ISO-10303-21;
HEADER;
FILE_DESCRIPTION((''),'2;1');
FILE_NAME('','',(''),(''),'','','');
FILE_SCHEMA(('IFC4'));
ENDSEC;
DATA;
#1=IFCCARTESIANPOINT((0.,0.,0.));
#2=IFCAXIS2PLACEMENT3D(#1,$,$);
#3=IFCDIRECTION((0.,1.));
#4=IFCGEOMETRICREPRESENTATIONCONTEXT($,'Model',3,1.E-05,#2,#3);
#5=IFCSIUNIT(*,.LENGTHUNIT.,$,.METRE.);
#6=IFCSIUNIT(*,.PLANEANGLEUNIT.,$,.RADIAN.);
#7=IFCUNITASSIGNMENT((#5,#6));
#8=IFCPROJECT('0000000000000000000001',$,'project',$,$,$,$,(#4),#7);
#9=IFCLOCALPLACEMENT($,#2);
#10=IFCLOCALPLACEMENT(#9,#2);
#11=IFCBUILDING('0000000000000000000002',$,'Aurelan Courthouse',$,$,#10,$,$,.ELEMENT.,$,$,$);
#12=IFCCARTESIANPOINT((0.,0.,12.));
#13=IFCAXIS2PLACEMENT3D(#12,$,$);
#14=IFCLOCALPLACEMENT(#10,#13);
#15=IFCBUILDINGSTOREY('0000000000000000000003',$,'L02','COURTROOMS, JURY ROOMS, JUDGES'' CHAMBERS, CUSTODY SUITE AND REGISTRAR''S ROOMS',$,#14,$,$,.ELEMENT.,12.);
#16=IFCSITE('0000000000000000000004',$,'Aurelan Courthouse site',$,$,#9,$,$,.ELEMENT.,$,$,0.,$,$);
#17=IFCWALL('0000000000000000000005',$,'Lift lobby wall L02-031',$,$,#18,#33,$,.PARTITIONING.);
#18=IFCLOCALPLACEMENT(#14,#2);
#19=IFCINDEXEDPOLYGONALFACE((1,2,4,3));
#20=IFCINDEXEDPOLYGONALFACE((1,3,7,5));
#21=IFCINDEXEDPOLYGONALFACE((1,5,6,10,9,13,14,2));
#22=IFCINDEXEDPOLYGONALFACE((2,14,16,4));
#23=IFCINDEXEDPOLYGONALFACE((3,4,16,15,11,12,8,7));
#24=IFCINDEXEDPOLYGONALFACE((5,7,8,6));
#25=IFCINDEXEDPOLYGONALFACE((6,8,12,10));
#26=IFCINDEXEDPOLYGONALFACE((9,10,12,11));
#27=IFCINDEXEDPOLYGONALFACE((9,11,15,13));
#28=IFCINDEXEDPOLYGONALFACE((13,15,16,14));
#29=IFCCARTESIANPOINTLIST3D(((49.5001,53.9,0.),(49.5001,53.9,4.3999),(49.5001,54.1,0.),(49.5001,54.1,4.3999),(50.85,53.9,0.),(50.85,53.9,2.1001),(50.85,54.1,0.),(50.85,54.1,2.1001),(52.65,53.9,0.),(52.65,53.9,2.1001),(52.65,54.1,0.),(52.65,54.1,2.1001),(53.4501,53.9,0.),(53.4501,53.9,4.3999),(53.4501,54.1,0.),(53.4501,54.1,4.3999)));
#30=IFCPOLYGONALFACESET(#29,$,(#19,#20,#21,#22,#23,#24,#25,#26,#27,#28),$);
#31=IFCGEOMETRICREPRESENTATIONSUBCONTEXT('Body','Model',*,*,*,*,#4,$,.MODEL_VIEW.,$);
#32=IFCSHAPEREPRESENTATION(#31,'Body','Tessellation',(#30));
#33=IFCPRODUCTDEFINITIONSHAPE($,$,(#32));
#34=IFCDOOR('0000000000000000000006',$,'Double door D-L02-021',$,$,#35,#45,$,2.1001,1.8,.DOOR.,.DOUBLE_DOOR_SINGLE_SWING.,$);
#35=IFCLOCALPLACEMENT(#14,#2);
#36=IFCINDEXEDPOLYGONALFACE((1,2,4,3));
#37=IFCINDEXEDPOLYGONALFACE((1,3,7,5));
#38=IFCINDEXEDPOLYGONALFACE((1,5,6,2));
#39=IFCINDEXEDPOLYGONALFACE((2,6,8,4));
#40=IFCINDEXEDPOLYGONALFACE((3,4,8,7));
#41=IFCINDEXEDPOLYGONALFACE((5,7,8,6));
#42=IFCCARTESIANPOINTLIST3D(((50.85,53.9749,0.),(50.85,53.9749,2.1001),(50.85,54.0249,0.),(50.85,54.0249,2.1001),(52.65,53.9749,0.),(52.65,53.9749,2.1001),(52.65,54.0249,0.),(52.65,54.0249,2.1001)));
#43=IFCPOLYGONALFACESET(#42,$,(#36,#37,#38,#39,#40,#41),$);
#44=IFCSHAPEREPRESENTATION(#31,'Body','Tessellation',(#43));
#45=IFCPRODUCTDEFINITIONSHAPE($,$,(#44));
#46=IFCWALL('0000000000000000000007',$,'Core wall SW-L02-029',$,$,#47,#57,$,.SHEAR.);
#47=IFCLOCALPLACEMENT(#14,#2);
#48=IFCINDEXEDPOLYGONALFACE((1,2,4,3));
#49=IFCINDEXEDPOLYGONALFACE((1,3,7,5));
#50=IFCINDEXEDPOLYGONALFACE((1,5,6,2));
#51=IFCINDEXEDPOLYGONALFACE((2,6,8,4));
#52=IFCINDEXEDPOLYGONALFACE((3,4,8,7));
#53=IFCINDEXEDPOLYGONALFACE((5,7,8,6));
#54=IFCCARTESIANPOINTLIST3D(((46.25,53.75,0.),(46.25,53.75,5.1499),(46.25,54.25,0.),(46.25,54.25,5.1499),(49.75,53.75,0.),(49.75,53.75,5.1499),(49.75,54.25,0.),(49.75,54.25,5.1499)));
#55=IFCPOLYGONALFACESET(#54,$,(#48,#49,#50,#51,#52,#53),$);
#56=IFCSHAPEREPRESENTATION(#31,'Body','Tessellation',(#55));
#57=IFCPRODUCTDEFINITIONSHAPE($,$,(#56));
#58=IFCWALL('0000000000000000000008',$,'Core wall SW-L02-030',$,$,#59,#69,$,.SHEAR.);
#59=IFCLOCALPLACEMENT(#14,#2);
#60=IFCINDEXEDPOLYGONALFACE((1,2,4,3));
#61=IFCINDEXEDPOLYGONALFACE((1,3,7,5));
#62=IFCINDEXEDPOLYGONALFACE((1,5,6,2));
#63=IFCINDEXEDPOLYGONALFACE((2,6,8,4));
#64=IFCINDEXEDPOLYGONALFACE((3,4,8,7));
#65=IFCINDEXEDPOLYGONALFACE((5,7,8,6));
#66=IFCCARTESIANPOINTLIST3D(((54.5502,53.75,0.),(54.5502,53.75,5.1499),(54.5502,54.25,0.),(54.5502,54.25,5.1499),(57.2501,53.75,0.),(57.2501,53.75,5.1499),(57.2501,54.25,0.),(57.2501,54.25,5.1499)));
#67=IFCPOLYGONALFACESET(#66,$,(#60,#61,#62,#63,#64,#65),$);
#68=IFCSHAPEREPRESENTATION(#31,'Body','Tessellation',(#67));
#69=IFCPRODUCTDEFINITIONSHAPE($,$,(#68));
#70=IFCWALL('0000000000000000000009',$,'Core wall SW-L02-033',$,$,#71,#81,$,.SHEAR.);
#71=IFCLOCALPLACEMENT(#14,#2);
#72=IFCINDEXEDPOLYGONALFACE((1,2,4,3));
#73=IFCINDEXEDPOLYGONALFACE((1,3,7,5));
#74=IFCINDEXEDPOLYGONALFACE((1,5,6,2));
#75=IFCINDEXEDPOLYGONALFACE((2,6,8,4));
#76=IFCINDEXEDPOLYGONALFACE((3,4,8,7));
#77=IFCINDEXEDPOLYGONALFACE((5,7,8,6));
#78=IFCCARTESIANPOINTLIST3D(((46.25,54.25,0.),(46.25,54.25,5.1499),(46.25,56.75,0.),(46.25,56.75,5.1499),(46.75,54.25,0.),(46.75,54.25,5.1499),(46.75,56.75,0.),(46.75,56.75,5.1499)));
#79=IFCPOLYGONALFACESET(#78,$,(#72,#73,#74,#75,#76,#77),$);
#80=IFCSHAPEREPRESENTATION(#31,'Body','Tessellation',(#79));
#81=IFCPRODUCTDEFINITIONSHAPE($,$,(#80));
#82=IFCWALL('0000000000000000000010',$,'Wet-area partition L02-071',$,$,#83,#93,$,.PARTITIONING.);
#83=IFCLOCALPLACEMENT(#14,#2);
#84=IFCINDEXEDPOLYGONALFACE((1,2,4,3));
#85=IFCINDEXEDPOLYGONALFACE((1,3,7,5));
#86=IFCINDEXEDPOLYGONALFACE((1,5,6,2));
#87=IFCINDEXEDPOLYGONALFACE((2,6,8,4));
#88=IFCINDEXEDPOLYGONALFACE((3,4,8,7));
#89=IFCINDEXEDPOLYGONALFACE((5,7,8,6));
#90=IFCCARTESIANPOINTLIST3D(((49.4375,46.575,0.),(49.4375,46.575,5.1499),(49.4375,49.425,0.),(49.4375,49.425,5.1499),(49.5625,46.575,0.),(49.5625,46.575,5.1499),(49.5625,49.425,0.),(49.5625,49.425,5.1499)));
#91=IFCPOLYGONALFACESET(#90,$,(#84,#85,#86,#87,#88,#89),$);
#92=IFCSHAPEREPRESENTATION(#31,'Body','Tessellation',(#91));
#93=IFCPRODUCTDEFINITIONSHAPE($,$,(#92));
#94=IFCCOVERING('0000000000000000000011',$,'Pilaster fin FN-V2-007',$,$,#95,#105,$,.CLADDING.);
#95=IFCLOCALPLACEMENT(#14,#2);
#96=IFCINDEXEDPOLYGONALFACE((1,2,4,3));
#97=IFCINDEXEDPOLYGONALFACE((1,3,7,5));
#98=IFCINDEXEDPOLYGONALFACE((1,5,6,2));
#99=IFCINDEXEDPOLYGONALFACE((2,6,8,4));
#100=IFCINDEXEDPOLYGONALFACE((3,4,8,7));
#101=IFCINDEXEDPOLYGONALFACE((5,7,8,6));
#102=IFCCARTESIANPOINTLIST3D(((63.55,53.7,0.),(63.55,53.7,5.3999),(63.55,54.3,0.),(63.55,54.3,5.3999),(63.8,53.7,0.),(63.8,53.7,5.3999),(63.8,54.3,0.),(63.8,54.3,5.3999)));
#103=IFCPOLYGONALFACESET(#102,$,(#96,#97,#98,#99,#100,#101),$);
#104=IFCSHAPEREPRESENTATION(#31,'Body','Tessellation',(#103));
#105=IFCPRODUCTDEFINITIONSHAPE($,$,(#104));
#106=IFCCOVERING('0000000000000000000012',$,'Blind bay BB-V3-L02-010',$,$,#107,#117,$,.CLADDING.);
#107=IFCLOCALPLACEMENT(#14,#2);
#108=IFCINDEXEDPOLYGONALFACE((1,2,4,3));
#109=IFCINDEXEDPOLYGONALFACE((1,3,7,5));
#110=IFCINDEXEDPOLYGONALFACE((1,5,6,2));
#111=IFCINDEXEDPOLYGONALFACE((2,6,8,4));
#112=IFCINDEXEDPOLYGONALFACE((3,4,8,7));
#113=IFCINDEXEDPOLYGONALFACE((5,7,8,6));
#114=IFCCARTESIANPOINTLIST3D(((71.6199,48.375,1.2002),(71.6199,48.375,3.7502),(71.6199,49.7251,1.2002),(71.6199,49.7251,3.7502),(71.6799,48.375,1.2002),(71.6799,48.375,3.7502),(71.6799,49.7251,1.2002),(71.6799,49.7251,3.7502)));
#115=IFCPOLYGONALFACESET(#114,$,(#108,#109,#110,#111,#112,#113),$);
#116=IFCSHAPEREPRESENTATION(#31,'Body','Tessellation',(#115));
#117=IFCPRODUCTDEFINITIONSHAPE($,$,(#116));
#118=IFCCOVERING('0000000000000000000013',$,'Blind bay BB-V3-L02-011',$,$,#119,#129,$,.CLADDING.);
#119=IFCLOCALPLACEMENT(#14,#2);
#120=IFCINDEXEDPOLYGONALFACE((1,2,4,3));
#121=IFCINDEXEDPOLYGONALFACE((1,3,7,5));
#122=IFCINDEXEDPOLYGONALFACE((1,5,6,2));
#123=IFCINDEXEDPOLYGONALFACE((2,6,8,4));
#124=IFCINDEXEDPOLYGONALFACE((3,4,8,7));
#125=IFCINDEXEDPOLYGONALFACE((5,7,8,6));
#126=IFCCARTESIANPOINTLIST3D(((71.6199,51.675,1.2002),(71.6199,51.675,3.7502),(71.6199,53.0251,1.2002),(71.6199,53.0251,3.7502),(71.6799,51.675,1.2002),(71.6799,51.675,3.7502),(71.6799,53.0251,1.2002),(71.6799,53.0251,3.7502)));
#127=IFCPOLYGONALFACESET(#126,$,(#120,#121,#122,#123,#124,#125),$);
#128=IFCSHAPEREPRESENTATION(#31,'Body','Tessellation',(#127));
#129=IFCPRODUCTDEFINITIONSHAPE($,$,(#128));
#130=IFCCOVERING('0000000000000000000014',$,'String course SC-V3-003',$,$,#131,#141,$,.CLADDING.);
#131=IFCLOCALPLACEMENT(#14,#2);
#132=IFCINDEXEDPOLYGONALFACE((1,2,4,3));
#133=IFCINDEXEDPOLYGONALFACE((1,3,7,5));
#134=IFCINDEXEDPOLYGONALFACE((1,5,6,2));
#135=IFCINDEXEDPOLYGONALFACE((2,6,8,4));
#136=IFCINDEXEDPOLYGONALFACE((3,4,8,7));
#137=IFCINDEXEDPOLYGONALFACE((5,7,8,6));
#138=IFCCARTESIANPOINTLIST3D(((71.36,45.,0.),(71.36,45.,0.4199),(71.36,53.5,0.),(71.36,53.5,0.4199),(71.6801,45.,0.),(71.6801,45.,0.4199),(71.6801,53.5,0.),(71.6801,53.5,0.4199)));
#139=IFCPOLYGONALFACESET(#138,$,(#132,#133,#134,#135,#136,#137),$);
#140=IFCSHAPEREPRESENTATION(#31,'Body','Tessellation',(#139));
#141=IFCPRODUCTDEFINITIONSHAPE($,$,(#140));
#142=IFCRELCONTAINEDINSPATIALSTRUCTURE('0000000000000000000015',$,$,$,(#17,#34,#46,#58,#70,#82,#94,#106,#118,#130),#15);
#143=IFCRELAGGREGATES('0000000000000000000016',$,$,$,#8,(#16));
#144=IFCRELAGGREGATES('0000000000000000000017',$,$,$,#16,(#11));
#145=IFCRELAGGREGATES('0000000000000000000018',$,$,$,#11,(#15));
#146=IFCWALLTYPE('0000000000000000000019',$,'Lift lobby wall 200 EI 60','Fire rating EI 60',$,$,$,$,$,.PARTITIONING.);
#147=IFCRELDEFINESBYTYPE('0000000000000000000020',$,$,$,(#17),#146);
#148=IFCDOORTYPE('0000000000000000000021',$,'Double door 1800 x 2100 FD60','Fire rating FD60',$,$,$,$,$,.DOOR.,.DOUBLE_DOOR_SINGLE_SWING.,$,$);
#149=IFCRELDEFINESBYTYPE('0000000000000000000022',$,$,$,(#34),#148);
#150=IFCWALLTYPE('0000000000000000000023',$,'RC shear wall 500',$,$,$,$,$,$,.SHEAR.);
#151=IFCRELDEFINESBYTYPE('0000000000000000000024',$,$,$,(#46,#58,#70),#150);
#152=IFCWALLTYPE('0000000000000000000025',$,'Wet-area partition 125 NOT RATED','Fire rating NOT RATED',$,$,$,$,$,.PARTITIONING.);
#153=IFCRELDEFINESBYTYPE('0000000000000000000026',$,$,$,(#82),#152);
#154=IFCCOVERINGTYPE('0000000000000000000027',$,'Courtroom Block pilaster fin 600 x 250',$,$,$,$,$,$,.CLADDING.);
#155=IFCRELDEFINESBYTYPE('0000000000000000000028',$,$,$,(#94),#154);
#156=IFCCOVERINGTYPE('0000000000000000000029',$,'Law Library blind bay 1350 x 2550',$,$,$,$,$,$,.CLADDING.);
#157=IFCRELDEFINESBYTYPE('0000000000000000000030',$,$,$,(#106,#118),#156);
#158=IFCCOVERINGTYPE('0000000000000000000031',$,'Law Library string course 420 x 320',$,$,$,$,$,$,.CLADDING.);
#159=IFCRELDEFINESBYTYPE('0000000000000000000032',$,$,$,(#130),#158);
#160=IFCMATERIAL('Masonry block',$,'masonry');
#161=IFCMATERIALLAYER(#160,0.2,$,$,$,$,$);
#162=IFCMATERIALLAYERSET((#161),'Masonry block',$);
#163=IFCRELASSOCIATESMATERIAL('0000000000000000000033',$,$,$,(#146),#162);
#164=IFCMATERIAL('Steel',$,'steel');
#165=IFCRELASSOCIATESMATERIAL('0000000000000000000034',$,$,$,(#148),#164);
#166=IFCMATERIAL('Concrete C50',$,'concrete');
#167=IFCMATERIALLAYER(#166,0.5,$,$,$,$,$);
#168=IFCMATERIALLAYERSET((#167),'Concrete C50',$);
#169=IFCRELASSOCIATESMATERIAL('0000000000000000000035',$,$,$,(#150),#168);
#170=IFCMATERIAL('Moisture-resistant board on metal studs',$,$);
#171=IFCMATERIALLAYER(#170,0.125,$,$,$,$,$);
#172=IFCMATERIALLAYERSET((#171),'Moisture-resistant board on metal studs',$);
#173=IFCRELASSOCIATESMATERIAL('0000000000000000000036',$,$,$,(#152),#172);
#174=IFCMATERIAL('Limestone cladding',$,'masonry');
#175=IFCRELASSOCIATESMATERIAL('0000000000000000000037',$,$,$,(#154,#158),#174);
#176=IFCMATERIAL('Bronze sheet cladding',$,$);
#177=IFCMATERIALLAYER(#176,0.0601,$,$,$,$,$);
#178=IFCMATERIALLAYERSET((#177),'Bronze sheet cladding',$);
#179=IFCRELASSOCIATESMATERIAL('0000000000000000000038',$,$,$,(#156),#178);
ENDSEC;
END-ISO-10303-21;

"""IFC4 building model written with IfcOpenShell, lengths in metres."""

from ifc_helpers import new_model, si_unit, direction, frame, frame_2d, origin, origin_2d, place, context, subcontext, project, spatial, rectangle, extrude, material, layer, layer_set, type_object, element, fill, save


model = new_model("IFC4")

# Units and contexts
model_context = context("Model", 3, precision=1e-05, world=origin(), true_north=direction((0.0, 1.0)))
body_context = subcontext(model_context, "Body", "Model", "MODEL_VIEW")
ifc_project = project(units=[si_unit("LENGTHUNIT", "METRE"), si_unit("PLANEANGLEUNIT", "RADIAN")], contexts=[model_context])

# Site, building, storey
site_placement = place(None, origin())
site = spatial("IfcSite", under=ifc_project, at=site_placement, Name="Aurelan Courthouse site", CompositionType="ELEMENT", RefElevation=0.0)
building_placement = place(site_placement, origin())
building = spatial("IfcBuilding", under=site, at=building_placement, Name="Aurelan Courthouse", CompositionType="ELEMENT")
storey_placement = place(building_placement, frame((0.0, 0.0, 12.0)))
storey = spatial("IfcBuildingStorey", under=building, at=storey_placement, Name="L02", Description="COURTROOMS, JURY ROOMS, JUDGES' CHAMBERS, CUSTODY SUITE AND REGISTRAR'S ROOMS", CompositionType="ELEMENT", Elevation=12.0)

# Shared definitions
ifc_material_1 = material(Name="Concrete C50", Category="concrete")

# Shared definitions
ifc_material_2 = material(Name="Steel", Category="steel")

# Shared definitions
ifc_material_3 = material(Name="Limestone cladding", Category="masonry")

# Wall, opening, door
ifc_material_4 = material(Name="Masonry block", Category="masonry")
ifc_layer_1 = layer(ifc_material_4, 0.2)
ifc_layer_set_1 = layer_set([ifc_layer_1], Name="Masonry block")
wall_type_1 = type_object("IfcWallType", Name="Lift lobby wall 200 EI 60", Description="Fire rating EI 60", PredefinedType="PARTITIONING", material=ifc_layer_set_1)
wall_1_placement = place(storey_placement, frame((49.5, 54.0, 0.0), z_axis=(0.0, 0.0, 1.0), x_axis=(1.0, 0.0, 0.0)))
wall_1 = element("IfcWall", 1, at=wall_1_placement, inside=storey, type_object=wall_type_1, Name="Lift lobby wall L02-031", PredefinedType="PARTITIONING", context=body_context, shape_type="SweptSolid", body=[
    extrude(rectangle(XDim=3.95, YDim=0.2, at=frame_2d((1.9751, 0.0))), origin(), (0.0, 0.0, 1.0), 4.3999),
])
opening_1_placement = place(wall_1_placement, frame((1.3501, 0.0, 0.0)))
opening_1 = element("IfcOpeningElement", 2, at=opening_1_placement, cuts=wall_1, PredefinedType="OPENING", context=body_context, shape_type="SweptSolid", body=[
    extrude(rectangle(XDim=1.8, YDim=2.1001, at=frame_2d((0.8999, 1.05))), frame((0.0, 0.1099, 0.0), z_axis=(0.0, -1.0, 0.0), x_axis=(1.0, 0.0, 0.0)), (0.0, 0.0, 1.0), 0.22),
])
door_type_1 = type_object("IfcDoorType", Name="Double door 1800 x 2100 FD60", Description="Fire rating FD60", OperationType="DOUBLE_DOOR_SINGLE_SWING", PredefinedType="DOOR", material=ifc_material_2)
door_1_placement = place(opening_1_placement, origin())
door_1 = element("IfcDoor", 3, at=door_1_placement, inside=storey, type_object=door_type_1, Name="Double door D-L02-021", OperationType="DOUBLE_DOOR_SINGLE_SWING", OverallHeight=2.1001, OverallWidth=1.8, PredefinedType="DOOR", context=body_context, shape_type="SweptSolid", body=[
    extrude(rectangle(XDim=1.8, YDim=2.1001, at=frame_2d((0.8999, 1.05))), frame((0.0, 0.0249, 0.0), z_axis=(0.0, -1.0, 0.0), x_axis=(1.0, 0.0, 0.0)), (0.0, 0.0, 1.0), 0.05),
])
fill(opening_1, door_1)

# Walls
ifc_layer_2 = layer(ifc_material_1, 0.5)
ifc_layer_set_2 = layer_set([ifc_layer_2], Name="Concrete C50")
wall_type_2 = type_object("IfcWallType", Name="RC shear wall 500", PredefinedType="SHEAR", material=ifc_layer_set_2)
wall_2_placement = place(storey_placement, frame((46.25, 54.0, 0.0), z_axis=(0.0, 0.0, 1.0), x_axis=(1.0, 0.0, 0.0)))
element("IfcWall", 4, at=wall_2_placement, inside=storey, type_object=wall_type_2, Name="Core wall SW-L02-029", PredefinedType="SHEAR", context=body_context, shape_type="SweptSolid", body=[
    extrude(rectangle(XDim=3.5, YDim=0.5, at=frame_2d((1.75, 0.0))), origin(), (0.0, 0.0, 1.0), 5.1499),
])
wall_3_placement = place(storey_placement, frame((54.55, 54.0, 0.0), z_axis=(0.0, 0.0, 1.0), x_axis=(1.0, 0.0, 0.0)))
element("IfcWall", 5, at=wall_3_placement, inside=storey, type_object=wall_type_2, Name="Core wall SW-L02-030", PredefinedType="SHEAR", context=body_context, shape_type="SweptSolid", body=[
    extrude(rectangle(XDim=2.7, YDim=0.5, at=frame_2d((1.3501, 0.0))), origin(), (0.0, 0.0, 1.0), 5.1499),
])
wall_4_placement = place(storey_placement, frame((46.5, 54.25, 0.0), z_axis=(0.0, 0.0, 1.0), x_axis=(0.0, 1.0, 0.0)))
element("IfcWall", 6, at=wall_4_placement, inside=storey, type_object=wall_type_2, Name="Core wall SW-L02-033", PredefinedType="SHEAR", context=body_context, shape_type="SweptSolid", body=[
    extrude(rectangle(XDim=2.5, YDim=0.5, at=frame_2d((1.25, 0.0))), origin(), (0.0, 0.0, 1.0), 5.1499),
])
ifc_material_5 = material(Name="Moisture-resistant board on metal studs")
ifc_layer_3 = layer(ifc_material_5, 0.125)
ifc_layer_set_3 = layer_set([ifc_layer_3], Name="Moisture-resistant board on metal studs")
wall_type_3 = type_object("IfcWallType", Name="Wet-area partition 125 NOT RATED", Description="Fire rating NOT RATED", PredefinedType="PARTITIONING", material=ifc_layer_set_3)
wall_5_placement = place(storey_placement, frame((49.5, 46.575, 0.0), z_axis=(0.0, 0.0, 1.0), x_axis=(0.0, 1.0, 0.0)))
element("IfcWall", 7, at=wall_5_placement, inside=storey, type_object=wall_type_3, Name="Wet-area partition L02-071", PredefinedType="PARTITIONING", context=body_context, shape_type="SweptSolid", body=[
    extrude(rectangle(XDim=2.8501, YDim=0.125, at=frame_2d((1.425, 0.0))), origin(), (0.0, 0.0, 1.0), 5.1499),
])

# Coverings
ifc_material_6 = material(Name="Bronze sheet cladding")
covering_type_1 = type_object("IfcCoveringType", Name="Courtroom Block pilaster fin 600 x 250", PredefinedType="CLADDING", material=ifc_material_3)
covering_1_placement = place(storey_placement, frame((63.675, 54.0, 0.0), z_axis=(0.0, 0.0, 1.0), x_axis=(1.0, 0.0, 0.0)))
element("IfcCovering", 8, at=covering_1_placement, inside=storey, type_object=covering_type_1, Name="Pilaster fin FN-V2-007", PredefinedType="CLADDING", context=body_context, shape_type="SweptSolid", body=[
    extrude(rectangle(XDim=0.25, YDim=0.6001, at=origin_2d()), origin(), (0.0, 0.0, 1.0), 5.3999),
])
ifc_layer_4 = layer(ifc_material_6, 0.0601)
ifc_layer_set_4 = layer_set([ifc_layer_4], Name="Bronze sheet cladding")
covering_type_2 = type_object("IfcCoveringType", Name="Law Library blind bay 1350 x 2550", PredefinedType="CLADDING", material=ifc_layer_set_4)
for number, where, z_axis, x_axis, name in (
    (9, (71.6499, 49.05, 1.2002), (0.0, 0.0, 1.0), (1.0, 0.0, 0.0), "Blind bay BB-V3-L02-010"),
    (10, (71.6499, 52.3501, 1.2002), (0.0, 0.0, 1.0), (1.0, 0.0, 0.0), "Blind bay BB-V3-L02-011"),
):
    element("IfcCovering", number, at=place(storey_placement, frame(where, z_axis=z_axis, x_axis=x_axis)), inside=storey, type_object=covering_type_2, Name=name, PredefinedType="CLADDING", context=body_context, shape_type="SweptSolid", body=[
        extrude(rectangle(XDim=0.0601, YDim=1.3501, at=origin_2d()), origin(), (0.0, 0.0, 1.0), 2.55),
    ])
covering_type_3 = type_object("IfcCoveringType", Name="Law Library string course 420 x 320", PredefinedType="CLADDING", material=ifc_material_3)
covering_2_placement = place(storey_placement, frame((71.52, 49.25, 0.0), z_axis=(0.0, 0.0, 1.0), x_axis=(1.0, 0.0, 0.0)))
element("IfcCovering", 11, at=covering_2_placement, inside=storey, type_object=covering_type_3, Name="String course SC-V3-003", PredefinedType="CLADDING", context=body_context, shape_type="SweptSolid", body=[
    extrude(rectangle(XDim=0.3201, YDim=8.5, at=origin_2d()), origin(), (0.0, 0.0, 1.0), 0.4199),
])

save(model, "model.ifc")
